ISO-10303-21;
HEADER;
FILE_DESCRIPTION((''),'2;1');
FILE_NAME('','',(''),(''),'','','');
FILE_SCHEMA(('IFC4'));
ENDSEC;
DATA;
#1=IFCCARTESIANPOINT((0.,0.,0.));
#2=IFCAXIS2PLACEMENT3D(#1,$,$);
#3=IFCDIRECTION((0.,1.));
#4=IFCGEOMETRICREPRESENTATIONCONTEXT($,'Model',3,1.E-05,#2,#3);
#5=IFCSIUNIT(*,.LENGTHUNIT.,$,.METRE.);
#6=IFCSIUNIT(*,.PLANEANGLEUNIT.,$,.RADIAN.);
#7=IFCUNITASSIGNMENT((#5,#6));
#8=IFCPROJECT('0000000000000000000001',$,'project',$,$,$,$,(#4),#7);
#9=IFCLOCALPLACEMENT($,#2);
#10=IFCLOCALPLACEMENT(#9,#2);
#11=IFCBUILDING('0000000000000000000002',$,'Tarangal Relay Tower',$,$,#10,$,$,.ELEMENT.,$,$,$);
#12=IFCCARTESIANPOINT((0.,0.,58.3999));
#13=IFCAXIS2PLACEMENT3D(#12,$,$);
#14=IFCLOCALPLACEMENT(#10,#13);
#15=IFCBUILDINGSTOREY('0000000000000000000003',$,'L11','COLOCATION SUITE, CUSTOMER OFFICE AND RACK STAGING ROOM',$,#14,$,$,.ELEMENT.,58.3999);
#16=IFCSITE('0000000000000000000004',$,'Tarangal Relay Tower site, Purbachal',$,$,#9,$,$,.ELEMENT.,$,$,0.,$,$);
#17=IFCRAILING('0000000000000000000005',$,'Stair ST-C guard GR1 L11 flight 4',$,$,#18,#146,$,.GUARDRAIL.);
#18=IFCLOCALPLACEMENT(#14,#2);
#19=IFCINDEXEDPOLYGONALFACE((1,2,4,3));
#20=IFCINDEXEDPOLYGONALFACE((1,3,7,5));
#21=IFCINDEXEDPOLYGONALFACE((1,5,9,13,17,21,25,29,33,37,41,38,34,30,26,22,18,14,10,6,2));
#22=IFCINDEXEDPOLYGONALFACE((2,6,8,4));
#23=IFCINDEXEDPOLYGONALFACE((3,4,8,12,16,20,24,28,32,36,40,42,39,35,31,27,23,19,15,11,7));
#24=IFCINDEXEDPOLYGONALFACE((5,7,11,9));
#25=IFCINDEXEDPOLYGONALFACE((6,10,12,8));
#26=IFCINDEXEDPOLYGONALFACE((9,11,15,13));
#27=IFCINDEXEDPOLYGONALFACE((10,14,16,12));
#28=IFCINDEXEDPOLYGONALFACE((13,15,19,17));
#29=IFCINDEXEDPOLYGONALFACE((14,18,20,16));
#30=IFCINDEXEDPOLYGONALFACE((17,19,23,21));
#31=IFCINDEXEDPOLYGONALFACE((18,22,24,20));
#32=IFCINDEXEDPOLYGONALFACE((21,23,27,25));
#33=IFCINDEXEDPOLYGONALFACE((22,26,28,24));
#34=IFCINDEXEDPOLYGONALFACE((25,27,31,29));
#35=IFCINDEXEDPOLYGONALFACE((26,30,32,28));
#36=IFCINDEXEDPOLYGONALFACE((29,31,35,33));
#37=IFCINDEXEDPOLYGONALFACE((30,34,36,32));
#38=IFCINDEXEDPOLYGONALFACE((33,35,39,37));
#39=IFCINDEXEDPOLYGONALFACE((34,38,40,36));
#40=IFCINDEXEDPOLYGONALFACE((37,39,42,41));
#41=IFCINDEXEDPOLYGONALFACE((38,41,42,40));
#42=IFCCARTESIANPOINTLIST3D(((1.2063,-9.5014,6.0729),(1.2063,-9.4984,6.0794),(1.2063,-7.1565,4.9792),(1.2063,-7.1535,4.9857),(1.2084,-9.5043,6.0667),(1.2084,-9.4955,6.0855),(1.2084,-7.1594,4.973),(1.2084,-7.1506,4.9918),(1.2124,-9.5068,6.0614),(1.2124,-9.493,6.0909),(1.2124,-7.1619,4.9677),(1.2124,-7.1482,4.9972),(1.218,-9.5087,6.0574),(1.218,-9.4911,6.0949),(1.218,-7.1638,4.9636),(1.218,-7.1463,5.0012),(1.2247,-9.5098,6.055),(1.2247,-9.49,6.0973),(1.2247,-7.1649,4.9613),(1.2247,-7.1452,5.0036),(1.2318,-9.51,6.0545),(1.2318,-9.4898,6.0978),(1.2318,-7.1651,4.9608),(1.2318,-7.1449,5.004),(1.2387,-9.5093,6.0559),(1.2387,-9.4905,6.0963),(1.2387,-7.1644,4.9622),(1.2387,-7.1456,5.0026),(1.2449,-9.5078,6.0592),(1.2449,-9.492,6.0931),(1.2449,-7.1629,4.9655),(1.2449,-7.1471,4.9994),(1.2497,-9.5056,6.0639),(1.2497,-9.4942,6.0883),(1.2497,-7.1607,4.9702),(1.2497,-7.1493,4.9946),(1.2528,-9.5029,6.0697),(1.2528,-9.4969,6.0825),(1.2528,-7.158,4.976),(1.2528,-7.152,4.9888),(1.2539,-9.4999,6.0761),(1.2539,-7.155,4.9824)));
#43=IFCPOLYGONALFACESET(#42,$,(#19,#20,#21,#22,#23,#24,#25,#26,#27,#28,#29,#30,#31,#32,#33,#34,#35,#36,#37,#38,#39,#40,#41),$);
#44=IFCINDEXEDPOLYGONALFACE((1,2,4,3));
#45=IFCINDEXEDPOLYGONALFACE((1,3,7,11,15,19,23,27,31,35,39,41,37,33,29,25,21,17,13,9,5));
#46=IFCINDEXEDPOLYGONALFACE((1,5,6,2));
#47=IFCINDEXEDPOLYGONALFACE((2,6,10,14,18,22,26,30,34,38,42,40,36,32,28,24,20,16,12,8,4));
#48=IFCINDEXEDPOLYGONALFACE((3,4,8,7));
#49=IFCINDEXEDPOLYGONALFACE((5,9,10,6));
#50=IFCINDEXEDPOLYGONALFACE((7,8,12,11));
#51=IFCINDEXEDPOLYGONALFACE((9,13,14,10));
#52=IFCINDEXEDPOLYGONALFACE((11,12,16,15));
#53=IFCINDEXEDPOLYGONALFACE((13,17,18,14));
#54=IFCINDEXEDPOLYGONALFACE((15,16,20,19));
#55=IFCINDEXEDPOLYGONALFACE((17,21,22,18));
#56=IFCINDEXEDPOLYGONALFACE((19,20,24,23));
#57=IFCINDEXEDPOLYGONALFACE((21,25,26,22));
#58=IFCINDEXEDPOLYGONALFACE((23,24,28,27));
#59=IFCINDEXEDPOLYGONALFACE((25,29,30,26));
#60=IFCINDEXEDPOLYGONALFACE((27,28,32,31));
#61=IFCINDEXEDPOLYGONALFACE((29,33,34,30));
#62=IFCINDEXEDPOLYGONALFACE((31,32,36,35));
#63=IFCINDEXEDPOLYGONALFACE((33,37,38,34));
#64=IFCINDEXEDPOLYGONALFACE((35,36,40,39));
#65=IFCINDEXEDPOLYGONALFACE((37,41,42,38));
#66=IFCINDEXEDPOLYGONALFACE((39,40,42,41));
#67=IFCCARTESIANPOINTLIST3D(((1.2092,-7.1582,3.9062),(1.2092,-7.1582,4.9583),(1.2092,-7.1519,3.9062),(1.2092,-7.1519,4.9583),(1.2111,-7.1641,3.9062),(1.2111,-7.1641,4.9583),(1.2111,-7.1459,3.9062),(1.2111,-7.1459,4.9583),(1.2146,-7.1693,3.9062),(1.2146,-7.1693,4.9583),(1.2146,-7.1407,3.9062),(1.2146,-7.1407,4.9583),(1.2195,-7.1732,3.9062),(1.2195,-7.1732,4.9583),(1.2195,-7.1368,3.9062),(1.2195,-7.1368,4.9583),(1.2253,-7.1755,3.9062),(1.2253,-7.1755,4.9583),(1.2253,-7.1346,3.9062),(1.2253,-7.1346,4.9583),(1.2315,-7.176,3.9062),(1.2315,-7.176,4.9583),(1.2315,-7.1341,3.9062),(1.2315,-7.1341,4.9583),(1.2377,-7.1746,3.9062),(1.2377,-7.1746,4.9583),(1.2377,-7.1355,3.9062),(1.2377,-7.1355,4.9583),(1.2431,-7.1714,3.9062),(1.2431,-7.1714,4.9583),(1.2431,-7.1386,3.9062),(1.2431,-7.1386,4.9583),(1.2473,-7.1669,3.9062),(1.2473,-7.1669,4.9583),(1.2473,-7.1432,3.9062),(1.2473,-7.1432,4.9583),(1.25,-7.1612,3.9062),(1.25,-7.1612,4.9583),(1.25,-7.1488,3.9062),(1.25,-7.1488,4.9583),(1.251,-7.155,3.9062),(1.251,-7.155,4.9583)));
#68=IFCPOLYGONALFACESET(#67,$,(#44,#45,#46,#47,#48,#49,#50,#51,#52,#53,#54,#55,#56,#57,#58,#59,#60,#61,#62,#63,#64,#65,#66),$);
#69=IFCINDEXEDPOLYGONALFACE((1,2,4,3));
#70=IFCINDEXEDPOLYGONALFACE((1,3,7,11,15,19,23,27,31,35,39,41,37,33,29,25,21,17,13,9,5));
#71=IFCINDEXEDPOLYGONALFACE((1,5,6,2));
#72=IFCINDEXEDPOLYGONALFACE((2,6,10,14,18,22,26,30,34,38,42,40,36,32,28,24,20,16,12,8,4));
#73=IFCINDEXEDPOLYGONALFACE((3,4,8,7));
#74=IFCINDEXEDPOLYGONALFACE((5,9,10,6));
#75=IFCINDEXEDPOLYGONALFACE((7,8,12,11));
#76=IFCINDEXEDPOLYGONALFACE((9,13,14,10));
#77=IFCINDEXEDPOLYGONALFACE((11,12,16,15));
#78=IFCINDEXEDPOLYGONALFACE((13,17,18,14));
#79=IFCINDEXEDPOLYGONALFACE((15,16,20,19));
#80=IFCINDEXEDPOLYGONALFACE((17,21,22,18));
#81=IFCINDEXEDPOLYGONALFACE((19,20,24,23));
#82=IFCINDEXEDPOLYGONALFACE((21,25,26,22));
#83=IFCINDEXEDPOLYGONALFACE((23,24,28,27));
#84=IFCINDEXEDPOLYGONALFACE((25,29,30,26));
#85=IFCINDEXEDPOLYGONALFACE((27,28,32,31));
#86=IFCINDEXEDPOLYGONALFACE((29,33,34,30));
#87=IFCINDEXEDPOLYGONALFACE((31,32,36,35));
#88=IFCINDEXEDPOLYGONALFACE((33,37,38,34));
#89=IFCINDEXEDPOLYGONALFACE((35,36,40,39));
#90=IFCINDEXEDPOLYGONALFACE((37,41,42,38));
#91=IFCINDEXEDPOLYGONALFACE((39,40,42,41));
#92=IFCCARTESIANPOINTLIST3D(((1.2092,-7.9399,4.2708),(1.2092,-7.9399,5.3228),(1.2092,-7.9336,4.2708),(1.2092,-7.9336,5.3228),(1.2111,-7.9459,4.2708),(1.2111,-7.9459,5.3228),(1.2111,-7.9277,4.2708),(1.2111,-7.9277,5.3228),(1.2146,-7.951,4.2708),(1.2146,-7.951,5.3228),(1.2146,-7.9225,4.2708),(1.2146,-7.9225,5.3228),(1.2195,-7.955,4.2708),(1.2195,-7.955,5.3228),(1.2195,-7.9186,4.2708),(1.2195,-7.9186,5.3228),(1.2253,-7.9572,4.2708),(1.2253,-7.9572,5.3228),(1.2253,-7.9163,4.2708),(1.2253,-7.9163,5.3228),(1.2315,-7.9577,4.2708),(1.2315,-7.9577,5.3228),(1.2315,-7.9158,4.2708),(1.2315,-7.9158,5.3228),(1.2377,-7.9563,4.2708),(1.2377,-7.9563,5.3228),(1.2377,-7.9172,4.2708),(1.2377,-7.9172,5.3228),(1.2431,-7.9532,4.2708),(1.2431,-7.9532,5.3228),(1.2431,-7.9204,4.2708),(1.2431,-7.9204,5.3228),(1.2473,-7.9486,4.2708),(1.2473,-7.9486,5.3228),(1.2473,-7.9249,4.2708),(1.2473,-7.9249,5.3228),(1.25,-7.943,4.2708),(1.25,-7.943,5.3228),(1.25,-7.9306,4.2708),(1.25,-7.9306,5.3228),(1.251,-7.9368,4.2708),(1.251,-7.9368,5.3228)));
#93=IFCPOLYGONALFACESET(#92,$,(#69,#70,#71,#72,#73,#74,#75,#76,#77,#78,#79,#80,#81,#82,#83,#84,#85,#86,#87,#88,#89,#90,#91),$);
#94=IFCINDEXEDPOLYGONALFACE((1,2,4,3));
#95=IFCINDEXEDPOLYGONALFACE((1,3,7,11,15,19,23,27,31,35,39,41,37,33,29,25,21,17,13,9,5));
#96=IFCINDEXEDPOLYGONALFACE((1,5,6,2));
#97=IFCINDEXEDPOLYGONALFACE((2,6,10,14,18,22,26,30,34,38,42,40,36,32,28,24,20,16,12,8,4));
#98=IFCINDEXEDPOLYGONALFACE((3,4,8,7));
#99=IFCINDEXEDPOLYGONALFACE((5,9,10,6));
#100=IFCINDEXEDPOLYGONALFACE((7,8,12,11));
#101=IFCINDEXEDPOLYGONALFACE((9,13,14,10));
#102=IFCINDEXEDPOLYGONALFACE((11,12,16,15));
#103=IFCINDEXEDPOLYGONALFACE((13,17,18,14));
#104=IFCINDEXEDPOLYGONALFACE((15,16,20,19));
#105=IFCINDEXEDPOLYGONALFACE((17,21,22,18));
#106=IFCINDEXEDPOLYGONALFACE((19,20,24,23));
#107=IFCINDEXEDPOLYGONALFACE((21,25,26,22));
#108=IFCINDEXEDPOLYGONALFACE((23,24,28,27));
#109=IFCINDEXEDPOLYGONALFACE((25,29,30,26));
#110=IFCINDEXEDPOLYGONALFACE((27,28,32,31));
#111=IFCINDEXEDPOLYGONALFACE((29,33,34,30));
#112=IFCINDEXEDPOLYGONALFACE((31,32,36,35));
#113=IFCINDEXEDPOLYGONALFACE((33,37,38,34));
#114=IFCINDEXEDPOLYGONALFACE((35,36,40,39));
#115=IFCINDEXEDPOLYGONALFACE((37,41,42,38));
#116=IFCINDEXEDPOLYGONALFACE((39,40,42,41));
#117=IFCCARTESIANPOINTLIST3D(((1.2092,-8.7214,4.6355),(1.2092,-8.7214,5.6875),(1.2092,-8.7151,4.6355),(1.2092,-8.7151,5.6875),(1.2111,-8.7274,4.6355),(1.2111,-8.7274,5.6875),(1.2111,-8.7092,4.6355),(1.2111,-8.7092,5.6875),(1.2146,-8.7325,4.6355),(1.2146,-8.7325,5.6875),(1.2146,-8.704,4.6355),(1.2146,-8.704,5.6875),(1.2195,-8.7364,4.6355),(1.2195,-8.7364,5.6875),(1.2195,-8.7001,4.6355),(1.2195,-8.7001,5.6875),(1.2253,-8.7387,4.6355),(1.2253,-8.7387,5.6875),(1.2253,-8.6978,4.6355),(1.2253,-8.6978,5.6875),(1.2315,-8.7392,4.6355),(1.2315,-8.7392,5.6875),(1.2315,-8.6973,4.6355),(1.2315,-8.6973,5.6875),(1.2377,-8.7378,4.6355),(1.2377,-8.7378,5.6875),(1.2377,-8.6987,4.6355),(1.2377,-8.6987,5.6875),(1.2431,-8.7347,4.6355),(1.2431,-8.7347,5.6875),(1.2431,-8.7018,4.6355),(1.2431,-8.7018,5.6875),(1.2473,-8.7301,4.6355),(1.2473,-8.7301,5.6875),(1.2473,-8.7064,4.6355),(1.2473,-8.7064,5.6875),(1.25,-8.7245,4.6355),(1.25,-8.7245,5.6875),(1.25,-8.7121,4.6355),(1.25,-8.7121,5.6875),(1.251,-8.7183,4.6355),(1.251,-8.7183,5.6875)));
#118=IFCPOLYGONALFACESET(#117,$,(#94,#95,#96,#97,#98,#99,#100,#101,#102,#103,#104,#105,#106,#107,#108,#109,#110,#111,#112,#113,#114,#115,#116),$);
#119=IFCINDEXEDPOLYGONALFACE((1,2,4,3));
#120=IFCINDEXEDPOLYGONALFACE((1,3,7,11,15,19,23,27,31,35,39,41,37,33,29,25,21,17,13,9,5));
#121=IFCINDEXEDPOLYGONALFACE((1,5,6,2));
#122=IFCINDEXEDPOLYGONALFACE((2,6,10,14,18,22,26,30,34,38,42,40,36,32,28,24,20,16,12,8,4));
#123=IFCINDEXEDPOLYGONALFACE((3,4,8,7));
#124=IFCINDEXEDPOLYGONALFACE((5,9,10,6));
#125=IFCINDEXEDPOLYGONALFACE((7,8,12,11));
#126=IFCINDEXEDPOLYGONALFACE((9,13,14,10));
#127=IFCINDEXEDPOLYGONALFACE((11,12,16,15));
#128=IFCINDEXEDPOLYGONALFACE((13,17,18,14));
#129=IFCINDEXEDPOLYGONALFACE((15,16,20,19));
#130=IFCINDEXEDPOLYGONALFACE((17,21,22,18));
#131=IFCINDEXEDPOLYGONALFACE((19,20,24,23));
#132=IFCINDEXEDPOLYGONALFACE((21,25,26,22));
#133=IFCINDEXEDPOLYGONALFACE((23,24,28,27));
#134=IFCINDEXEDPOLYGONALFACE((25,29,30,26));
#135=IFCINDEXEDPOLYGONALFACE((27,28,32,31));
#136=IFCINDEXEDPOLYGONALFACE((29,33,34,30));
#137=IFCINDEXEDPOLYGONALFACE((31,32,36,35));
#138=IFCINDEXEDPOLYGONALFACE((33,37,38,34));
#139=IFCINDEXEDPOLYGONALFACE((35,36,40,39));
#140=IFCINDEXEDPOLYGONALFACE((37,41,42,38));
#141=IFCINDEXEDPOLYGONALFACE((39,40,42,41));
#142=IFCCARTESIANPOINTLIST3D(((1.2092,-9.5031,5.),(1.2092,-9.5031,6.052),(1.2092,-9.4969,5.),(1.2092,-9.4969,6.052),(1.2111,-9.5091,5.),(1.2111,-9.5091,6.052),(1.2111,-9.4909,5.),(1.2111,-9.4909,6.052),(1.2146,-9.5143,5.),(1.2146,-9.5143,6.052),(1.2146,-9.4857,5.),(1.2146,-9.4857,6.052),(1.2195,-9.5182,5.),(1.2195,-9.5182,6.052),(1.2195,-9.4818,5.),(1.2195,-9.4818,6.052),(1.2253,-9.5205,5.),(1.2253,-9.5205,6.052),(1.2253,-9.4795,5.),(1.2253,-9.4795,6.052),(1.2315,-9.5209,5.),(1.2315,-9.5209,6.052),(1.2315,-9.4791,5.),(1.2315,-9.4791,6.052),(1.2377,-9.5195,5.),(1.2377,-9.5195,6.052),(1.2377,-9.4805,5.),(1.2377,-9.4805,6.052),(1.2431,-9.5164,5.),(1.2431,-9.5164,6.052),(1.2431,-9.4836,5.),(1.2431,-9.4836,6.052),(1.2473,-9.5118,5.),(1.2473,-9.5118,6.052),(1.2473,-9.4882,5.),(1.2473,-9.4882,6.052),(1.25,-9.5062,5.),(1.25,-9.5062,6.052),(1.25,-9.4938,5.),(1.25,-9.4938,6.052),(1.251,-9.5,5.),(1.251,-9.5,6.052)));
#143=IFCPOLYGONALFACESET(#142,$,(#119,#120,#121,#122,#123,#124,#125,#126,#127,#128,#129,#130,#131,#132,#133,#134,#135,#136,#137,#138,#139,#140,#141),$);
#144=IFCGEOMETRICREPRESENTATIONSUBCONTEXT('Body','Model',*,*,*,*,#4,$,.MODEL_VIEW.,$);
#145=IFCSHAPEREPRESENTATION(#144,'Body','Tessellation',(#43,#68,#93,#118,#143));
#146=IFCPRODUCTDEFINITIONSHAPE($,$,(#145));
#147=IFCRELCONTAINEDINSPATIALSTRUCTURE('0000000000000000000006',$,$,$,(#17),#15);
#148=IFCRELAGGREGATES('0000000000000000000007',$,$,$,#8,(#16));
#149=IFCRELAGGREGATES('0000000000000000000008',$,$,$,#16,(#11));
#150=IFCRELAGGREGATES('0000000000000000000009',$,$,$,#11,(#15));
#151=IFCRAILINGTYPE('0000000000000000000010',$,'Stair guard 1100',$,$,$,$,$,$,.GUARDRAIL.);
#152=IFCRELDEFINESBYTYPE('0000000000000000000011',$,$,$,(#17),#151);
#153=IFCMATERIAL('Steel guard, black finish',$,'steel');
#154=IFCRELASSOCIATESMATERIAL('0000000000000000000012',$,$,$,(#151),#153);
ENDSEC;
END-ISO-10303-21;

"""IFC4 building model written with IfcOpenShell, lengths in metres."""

from ifc_helpers import new_model, si_unit, direction, frame, origin, origin_2d, place, context, subcontext, project, spatial, circle, extrude, material, type_object, element, save


model = new_model("IFC4")

# Units and contexts
model_context = context("Model", 3, precision=1e-05, world=origin(), true_north=direction((0.0, 1.0)))
body_context = subcontext(model_context, "Body", "Model", "MODEL_VIEW")
ifc_project = project(units=[si_unit("LENGTHUNIT", "METRE"), si_unit("PLANEANGLEUNIT", "RADIAN")], contexts=[model_context])

# Site, building, storey
site_placement = place(None, origin())
site = spatial("IfcSite", under=ifc_project, at=site_placement, Name="Tarangal Relay Tower site, Purbachal", CompositionType="ELEMENT", RefElevation=0.0)
building_placement = place(site_placement, origin())
building = spatial("IfcBuilding", under=site, at=building_placement, Name="Tarangal Relay Tower", CompositionType="ELEMENT")
storey_placement = place(building_placement, frame((0.0, 0.0, 58.3999)))
storey = spatial("IfcBuildingStorey", under=building, at=storey_placement, Name="L11", Description="COLOCATION SUITE, CUSTOMER OFFICE AND RACK STAGING ROOM", CompositionType="ELEMENT", Elevation=58.3999)

# Railing
ifc_material_1 = material(Name="Steel guard, black finish", Category="steel")
railing_type_1 = type_object("IfcRailingType", Name="Stair guard 1100", PredefinedType="GUARDRAIL", material=ifc_material_1)
for number, where, name in (
    (1, (1.23, -7.155, 3.9062), "Stair ST-C guard GR1 L11 flight 4"),
):
    element("IfcRailing", number, at=place(storey_placement, frame(where)), inside=storey, type_object=railing_type_1, Name=name, PredefinedType="GUARDRAIL", context=body_context, shape_type="SweptSolid", body=[
        extrude(circle(Radius=0.0239, at=origin_2d()), frame((0.0, 0.0, 1.0762), z_axis=(0.0, -0.906267, 0.422705), x_axis=(1.0, 0.0, 0.0)), (0.0, 0.0, 1.0), 2.5874),
        extrude(circle(Radius=0.021, at=origin_2d()), origin(), (0.0, 0.0, 1.0), 1.052),
        extrude(circle(Radius=0.021, at=origin_2d()), frame((0.0, -0.7817, 0.3645)), (0.0, 0.0, 1.0), 1.052),
        extrude(circle(Radius=0.021, at=origin_2d()), frame((0.0, -1.5632, 0.7292)), (0.0, 0.0, 1.0), 1.052),
        extrude(circle(Radius=0.021, at=origin_2d()), frame((0.0, -2.345, 1.0938)), (0.0, 0.0, 1.0), 1.052),
    ])

save(model, "model.ifc")
